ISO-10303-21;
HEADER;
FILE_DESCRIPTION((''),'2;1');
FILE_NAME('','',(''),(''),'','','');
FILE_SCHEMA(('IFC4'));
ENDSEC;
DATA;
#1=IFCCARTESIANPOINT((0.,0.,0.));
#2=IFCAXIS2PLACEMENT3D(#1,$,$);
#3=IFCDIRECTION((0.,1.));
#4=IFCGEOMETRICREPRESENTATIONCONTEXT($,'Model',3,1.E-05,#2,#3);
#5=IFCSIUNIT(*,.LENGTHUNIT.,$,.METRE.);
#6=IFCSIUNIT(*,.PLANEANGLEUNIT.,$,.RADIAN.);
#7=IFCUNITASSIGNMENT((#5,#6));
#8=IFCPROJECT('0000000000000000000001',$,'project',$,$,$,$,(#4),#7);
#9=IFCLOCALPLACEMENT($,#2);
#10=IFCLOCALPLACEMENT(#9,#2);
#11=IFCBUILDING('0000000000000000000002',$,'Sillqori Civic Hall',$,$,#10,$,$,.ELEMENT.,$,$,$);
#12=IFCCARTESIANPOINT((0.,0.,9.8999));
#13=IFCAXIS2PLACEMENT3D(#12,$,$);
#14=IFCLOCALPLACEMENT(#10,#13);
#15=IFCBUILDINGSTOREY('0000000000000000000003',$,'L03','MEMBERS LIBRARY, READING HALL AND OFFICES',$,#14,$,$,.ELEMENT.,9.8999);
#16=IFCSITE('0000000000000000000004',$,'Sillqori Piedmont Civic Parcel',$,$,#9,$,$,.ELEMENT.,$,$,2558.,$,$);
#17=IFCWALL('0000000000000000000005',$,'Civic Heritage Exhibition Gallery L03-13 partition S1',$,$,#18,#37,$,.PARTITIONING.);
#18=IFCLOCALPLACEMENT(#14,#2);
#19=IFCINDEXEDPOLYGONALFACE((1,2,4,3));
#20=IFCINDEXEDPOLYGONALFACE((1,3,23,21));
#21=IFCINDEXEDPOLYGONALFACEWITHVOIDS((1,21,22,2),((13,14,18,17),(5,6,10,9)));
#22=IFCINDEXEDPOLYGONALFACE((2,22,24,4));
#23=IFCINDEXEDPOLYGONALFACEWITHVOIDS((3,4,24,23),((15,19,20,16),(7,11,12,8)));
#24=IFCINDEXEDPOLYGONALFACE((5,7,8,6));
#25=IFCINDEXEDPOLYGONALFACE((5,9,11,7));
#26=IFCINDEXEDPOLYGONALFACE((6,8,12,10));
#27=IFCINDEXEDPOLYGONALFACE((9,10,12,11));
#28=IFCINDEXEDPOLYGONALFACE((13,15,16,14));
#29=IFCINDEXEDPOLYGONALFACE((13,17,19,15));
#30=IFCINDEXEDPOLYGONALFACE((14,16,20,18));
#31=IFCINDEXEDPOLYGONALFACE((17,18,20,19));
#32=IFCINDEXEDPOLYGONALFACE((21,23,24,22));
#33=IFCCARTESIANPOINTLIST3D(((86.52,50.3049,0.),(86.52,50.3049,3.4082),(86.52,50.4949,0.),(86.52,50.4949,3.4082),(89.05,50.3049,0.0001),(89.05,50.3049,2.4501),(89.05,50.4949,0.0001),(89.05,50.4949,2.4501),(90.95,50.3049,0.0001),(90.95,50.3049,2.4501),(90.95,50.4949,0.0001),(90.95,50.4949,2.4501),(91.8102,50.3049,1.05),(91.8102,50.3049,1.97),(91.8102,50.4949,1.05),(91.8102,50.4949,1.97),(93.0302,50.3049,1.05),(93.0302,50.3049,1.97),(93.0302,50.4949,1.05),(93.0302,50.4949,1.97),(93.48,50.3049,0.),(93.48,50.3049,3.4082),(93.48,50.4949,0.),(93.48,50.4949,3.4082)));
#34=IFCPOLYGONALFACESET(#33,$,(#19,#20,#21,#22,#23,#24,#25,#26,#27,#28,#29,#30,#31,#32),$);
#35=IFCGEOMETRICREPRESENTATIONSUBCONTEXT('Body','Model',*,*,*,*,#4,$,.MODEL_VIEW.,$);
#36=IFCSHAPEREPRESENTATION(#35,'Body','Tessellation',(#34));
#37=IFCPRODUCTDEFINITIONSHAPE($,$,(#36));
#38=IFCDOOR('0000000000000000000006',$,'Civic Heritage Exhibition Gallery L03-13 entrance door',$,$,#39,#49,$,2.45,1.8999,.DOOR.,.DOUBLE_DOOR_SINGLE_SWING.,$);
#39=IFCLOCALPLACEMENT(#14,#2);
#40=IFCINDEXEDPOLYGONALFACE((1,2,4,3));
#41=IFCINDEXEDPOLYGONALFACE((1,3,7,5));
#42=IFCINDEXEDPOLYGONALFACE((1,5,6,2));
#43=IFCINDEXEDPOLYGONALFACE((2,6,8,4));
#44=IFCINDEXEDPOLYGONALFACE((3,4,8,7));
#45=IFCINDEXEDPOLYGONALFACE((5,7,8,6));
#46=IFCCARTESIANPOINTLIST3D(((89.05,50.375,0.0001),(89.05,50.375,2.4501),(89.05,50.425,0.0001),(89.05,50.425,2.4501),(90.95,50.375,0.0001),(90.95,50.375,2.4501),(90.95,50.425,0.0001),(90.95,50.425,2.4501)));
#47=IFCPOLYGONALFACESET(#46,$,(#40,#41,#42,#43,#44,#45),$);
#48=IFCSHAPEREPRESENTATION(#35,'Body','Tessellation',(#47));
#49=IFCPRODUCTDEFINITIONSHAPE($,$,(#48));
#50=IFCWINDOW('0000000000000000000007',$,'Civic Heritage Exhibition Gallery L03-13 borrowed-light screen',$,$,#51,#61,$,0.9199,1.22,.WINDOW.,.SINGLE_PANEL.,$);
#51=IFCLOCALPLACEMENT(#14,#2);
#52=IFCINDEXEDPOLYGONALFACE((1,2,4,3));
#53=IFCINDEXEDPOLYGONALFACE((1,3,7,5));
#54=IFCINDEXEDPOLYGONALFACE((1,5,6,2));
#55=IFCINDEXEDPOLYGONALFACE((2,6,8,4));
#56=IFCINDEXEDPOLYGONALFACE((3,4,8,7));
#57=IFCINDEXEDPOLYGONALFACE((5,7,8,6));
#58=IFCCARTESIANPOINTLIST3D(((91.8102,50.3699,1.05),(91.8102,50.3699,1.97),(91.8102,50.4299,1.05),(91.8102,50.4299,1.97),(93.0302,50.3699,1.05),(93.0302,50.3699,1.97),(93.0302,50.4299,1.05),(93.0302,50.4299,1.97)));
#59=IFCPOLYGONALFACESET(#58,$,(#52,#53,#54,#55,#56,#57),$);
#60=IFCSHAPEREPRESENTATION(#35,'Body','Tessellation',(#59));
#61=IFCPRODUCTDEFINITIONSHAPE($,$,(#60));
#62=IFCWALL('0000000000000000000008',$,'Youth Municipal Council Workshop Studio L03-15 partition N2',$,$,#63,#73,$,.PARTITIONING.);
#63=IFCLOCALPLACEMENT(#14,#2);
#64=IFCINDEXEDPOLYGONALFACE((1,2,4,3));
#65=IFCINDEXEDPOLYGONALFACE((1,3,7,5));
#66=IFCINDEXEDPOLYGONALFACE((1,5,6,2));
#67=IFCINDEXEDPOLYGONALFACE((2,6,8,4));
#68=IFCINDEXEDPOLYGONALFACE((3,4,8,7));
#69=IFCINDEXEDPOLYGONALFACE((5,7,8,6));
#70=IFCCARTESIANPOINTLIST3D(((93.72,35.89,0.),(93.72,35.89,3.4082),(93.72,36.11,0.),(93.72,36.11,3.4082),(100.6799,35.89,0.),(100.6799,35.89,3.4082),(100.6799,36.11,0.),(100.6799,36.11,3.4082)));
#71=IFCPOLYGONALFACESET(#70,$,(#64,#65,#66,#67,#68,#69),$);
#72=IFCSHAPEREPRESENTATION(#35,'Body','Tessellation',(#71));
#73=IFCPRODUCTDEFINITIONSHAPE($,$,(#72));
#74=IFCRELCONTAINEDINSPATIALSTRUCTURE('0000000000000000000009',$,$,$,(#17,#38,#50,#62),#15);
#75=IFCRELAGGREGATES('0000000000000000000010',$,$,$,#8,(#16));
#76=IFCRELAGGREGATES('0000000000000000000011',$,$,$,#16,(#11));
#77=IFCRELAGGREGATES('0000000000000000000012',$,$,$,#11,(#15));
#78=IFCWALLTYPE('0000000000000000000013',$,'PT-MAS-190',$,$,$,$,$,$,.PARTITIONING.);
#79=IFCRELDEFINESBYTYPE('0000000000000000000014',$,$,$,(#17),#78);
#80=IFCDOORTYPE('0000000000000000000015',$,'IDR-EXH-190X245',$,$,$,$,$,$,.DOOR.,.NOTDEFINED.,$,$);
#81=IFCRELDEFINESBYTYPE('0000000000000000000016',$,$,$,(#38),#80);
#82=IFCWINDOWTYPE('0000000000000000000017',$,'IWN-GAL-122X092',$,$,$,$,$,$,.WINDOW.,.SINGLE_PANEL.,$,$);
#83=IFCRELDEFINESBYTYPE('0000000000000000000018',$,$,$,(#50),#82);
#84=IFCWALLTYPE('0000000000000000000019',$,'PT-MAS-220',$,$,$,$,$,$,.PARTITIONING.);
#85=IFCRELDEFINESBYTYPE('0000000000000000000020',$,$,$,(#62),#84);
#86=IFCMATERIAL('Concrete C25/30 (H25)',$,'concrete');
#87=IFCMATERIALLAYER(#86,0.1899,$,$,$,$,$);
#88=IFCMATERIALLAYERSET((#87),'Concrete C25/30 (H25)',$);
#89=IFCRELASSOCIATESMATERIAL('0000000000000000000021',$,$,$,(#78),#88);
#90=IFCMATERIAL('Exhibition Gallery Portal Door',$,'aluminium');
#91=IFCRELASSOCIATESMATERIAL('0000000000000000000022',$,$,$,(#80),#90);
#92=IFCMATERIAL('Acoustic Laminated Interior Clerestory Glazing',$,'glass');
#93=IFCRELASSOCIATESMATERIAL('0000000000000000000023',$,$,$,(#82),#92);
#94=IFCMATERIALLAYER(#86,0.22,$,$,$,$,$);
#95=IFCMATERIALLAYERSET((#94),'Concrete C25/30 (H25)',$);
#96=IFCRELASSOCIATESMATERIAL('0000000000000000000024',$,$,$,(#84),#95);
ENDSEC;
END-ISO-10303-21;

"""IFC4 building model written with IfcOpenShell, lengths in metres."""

from ifc_helpers import new_model, si_unit, direction, frame, frame_2d, origin, place, context, subcontext, project, spatial, rectangle, extrude, material, layer, layer_set, type_object, element, fill, save


model = new_model("IFC4")

# Units and contexts
model_context = context("Model", 3, precision=1e-05, world=origin(), true_north=direction((0.0, 1.0)))
body_context = subcontext(model_context, "Body", "Model", "MODEL_VIEW")
ifc_project = project(units=[si_unit("LENGTHUNIT", "METRE"), si_unit("PLANEANGLEUNIT", "RADIAN")], contexts=[model_context])

# Site, building, storey
site_placement = place(None, origin())
site = spatial("IfcSite", under=ifc_project, at=site_placement, Name="Sillqori Piedmont Civic Parcel", CompositionType="ELEMENT", RefElevation=2558.0)
building_placement = place(site_placement, origin())
building = spatial("IfcBuilding", under=site, at=building_placement, Name="Sillqori Civic Hall", CompositionType="ELEMENT")
storey_placement = place(building_placement, frame((0.0, 0.0, 9.8999)))
storey = spatial("IfcBuildingStorey", under=building, at=storey_placement, Name="L03", Description="MEMBERS LIBRARY, READING HALL AND OFFICES", CompositionType="ELEMENT", Elevation=9.8999)

# Wall, openings, door, window
ifc_material_1 = material(Name="Concrete C25/30 (H25)", Category="concrete")
ifc_layer_1 = layer(ifc_material_1, 0.1899)
ifc_layer_set_1 = layer_set([ifc_layer_1], Name="Concrete C25/30 (H25)")
wall_type_1 = type_object("IfcWallType", Name="PT-MAS-190", PredefinedType="PARTITIONING", material=ifc_layer_set_1)
wall_1_placement = place(storey_placement, frame((93.48, 50.3999, 0.0), z_axis=(0.0, 0.0, 1.0), x_axis=(-1.0, 0.0, 0.0)))
wall_1 = element("IfcWall", 1, at=wall_1_placement, inside=storey, type_object=wall_type_1, Name="Civic Heritage Exhibition Gallery L03-13 partition S1", PredefinedType="PARTITIONING", context=body_context, shape_type="SweptSolid", body=[
    extrude(rectangle(XDim=6.96, YDim=0.1899, at=frame_2d((3.48, 0.0))), origin(), (0.0, 0.0, 1.0), 3.4082),
])
opening_1_placement = place(wall_1_placement, frame((2.53, 0.0, 0.0)))
opening_1 = element("IfcOpeningElement", 2, at=opening_1_placement, cuts=wall_1, PredefinedType="OPENING", context=body_context, shape_type="SweptSolid", body=[
    extrude(rectangle(XDim=1.8999, YDim=2.45, at=frame_2d((0.95, 1.2251))), frame((0.0, 0.105, 0.0), z_axis=(0.0, -1.0, 0.0), x_axis=(1.0, 0.0, 0.0)), (0.0, 0.0, 1.0), 0.21),
])
opening_2_placement = place(wall_1_placement, frame((0.45, 0.0, 1.05)))
opening_2 = element("IfcOpeningElement", 3, at=opening_2_placement, cuts=wall_1, PredefinedType="OPENING", context=body_context, shape_type="SweptSolid", body=[
    extrude(rectangle(XDim=1.22, YDim=0.9199, at=frame_2d((0.6099, 0.46))), frame((0.0, 0.105, 0.0), z_axis=(0.0, -1.0, 0.0), x_axis=(1.0, 0.0, 0.0)), (0.0, 0.0, 1.0), 0.21),
])
ifc_material_2 = material(Name="Exhibition Gallery Portal Door", Category="aluminium")
door_type = type_object("IfcDoorType", Name="IDR-EXH-190X245", OperationType="NOTDEFINED", PredefinedType="DOOR", material=ifc_material_2)
door_placement = place(opening_1_placement, origin())
door = element("IfcDoor", 4, at=door_placement, inside=storey, type_object=door_type, Name="Civic Heritage Exhibition Gallery L03-13 entrance door", OperationType="DOUBLE_DOOR_SINGLE_SWING", OverallHeight=2.45, OverallWidth=1.8999, PredefinedType="DOOR", context=body_context, shape_type="SweptSolid", body=[
    extrude(rectangle(XDim=1.8999, YDim=2.45, at=frame_2d((0.95, 1.2251))), frame((0.0, 0.0249, 0.0), z_axis=(0.0, -1.0, 0.0), x_axis=(1.0, 0.0, 0.0)), (0.0, 0.0, 1.0), 0.05),
])
fill(opening_1, door)
ifc_material_3 = material(Name="Acoustic Laminated Interior Clerestory Glazing", Category="glass")
window_type = type_object("IfcWindowType", Name="IWN-GAL-122X092", PartitioningType="SINGLE_PANEL", PredefinedType="WINDOW", material=ifc_material_3)
window_placement = place(opening_2_placement, origin())
window = element("IfcWindow", 5, at=window_placement, inside=storey, type_object=window_type, Name="Civic Heritage Exhibition Gallery L03-13 borrowed-light screen", OverallHeight=0.9199, OverallWidth=1.22, PartitioningType="SINGLE_PANEL", PredefinedType="WINDOW", context=body_context, shape_type="SweptSolid", body=[
    extrude(rectangle(XDim=1.22, YDim=0.9199, at=frame_2d((0.6099, 0.46))), frame((0.0, 0.03, 0.0), z_axis=(0.0, -1.0, 0.0), x_axis=(1.0, 0.0, 0.0)), (0.0, 0.0, 1.0), 0.0601),
])
fill(opening_2, window)

# Wall
ifc_layer_2 = layer(ifc_material_1, 0.22)
ifc_layer_set_2 = layer_set([ifc_layer_2], Name="Concrete C25/30 (H25)")
wall_type_2 = type_object("IfcWallType", Name="PT-MAS-220", PredefinedType="PARTITIONING", material=ifc_layer_set_2)
wall_2_placement = place(storey_placement, frame((93.72, 36.0, 0.0), z_axis=(0.0, 0.0, 1.0), x_axis=(1.0, 0.0, 0.0)))
element("IfcWall", 6, at=wall_2_placement, inside=storey, type_object=wall_type_2, Name="Youth Municipal Council Workshop Studio L03-15 partition N2", PredefinedType="PARTITIONING", context=body_context, shape_type="SweptSolid", body=[
    extrude(rectangle(XDim=6.96, YDim=0.22, at=frame_2d((3.48, 0.0))), origin(), (0.0, 0.0, 1.0), 3.4082),
])

save(model, "model.ifc")
